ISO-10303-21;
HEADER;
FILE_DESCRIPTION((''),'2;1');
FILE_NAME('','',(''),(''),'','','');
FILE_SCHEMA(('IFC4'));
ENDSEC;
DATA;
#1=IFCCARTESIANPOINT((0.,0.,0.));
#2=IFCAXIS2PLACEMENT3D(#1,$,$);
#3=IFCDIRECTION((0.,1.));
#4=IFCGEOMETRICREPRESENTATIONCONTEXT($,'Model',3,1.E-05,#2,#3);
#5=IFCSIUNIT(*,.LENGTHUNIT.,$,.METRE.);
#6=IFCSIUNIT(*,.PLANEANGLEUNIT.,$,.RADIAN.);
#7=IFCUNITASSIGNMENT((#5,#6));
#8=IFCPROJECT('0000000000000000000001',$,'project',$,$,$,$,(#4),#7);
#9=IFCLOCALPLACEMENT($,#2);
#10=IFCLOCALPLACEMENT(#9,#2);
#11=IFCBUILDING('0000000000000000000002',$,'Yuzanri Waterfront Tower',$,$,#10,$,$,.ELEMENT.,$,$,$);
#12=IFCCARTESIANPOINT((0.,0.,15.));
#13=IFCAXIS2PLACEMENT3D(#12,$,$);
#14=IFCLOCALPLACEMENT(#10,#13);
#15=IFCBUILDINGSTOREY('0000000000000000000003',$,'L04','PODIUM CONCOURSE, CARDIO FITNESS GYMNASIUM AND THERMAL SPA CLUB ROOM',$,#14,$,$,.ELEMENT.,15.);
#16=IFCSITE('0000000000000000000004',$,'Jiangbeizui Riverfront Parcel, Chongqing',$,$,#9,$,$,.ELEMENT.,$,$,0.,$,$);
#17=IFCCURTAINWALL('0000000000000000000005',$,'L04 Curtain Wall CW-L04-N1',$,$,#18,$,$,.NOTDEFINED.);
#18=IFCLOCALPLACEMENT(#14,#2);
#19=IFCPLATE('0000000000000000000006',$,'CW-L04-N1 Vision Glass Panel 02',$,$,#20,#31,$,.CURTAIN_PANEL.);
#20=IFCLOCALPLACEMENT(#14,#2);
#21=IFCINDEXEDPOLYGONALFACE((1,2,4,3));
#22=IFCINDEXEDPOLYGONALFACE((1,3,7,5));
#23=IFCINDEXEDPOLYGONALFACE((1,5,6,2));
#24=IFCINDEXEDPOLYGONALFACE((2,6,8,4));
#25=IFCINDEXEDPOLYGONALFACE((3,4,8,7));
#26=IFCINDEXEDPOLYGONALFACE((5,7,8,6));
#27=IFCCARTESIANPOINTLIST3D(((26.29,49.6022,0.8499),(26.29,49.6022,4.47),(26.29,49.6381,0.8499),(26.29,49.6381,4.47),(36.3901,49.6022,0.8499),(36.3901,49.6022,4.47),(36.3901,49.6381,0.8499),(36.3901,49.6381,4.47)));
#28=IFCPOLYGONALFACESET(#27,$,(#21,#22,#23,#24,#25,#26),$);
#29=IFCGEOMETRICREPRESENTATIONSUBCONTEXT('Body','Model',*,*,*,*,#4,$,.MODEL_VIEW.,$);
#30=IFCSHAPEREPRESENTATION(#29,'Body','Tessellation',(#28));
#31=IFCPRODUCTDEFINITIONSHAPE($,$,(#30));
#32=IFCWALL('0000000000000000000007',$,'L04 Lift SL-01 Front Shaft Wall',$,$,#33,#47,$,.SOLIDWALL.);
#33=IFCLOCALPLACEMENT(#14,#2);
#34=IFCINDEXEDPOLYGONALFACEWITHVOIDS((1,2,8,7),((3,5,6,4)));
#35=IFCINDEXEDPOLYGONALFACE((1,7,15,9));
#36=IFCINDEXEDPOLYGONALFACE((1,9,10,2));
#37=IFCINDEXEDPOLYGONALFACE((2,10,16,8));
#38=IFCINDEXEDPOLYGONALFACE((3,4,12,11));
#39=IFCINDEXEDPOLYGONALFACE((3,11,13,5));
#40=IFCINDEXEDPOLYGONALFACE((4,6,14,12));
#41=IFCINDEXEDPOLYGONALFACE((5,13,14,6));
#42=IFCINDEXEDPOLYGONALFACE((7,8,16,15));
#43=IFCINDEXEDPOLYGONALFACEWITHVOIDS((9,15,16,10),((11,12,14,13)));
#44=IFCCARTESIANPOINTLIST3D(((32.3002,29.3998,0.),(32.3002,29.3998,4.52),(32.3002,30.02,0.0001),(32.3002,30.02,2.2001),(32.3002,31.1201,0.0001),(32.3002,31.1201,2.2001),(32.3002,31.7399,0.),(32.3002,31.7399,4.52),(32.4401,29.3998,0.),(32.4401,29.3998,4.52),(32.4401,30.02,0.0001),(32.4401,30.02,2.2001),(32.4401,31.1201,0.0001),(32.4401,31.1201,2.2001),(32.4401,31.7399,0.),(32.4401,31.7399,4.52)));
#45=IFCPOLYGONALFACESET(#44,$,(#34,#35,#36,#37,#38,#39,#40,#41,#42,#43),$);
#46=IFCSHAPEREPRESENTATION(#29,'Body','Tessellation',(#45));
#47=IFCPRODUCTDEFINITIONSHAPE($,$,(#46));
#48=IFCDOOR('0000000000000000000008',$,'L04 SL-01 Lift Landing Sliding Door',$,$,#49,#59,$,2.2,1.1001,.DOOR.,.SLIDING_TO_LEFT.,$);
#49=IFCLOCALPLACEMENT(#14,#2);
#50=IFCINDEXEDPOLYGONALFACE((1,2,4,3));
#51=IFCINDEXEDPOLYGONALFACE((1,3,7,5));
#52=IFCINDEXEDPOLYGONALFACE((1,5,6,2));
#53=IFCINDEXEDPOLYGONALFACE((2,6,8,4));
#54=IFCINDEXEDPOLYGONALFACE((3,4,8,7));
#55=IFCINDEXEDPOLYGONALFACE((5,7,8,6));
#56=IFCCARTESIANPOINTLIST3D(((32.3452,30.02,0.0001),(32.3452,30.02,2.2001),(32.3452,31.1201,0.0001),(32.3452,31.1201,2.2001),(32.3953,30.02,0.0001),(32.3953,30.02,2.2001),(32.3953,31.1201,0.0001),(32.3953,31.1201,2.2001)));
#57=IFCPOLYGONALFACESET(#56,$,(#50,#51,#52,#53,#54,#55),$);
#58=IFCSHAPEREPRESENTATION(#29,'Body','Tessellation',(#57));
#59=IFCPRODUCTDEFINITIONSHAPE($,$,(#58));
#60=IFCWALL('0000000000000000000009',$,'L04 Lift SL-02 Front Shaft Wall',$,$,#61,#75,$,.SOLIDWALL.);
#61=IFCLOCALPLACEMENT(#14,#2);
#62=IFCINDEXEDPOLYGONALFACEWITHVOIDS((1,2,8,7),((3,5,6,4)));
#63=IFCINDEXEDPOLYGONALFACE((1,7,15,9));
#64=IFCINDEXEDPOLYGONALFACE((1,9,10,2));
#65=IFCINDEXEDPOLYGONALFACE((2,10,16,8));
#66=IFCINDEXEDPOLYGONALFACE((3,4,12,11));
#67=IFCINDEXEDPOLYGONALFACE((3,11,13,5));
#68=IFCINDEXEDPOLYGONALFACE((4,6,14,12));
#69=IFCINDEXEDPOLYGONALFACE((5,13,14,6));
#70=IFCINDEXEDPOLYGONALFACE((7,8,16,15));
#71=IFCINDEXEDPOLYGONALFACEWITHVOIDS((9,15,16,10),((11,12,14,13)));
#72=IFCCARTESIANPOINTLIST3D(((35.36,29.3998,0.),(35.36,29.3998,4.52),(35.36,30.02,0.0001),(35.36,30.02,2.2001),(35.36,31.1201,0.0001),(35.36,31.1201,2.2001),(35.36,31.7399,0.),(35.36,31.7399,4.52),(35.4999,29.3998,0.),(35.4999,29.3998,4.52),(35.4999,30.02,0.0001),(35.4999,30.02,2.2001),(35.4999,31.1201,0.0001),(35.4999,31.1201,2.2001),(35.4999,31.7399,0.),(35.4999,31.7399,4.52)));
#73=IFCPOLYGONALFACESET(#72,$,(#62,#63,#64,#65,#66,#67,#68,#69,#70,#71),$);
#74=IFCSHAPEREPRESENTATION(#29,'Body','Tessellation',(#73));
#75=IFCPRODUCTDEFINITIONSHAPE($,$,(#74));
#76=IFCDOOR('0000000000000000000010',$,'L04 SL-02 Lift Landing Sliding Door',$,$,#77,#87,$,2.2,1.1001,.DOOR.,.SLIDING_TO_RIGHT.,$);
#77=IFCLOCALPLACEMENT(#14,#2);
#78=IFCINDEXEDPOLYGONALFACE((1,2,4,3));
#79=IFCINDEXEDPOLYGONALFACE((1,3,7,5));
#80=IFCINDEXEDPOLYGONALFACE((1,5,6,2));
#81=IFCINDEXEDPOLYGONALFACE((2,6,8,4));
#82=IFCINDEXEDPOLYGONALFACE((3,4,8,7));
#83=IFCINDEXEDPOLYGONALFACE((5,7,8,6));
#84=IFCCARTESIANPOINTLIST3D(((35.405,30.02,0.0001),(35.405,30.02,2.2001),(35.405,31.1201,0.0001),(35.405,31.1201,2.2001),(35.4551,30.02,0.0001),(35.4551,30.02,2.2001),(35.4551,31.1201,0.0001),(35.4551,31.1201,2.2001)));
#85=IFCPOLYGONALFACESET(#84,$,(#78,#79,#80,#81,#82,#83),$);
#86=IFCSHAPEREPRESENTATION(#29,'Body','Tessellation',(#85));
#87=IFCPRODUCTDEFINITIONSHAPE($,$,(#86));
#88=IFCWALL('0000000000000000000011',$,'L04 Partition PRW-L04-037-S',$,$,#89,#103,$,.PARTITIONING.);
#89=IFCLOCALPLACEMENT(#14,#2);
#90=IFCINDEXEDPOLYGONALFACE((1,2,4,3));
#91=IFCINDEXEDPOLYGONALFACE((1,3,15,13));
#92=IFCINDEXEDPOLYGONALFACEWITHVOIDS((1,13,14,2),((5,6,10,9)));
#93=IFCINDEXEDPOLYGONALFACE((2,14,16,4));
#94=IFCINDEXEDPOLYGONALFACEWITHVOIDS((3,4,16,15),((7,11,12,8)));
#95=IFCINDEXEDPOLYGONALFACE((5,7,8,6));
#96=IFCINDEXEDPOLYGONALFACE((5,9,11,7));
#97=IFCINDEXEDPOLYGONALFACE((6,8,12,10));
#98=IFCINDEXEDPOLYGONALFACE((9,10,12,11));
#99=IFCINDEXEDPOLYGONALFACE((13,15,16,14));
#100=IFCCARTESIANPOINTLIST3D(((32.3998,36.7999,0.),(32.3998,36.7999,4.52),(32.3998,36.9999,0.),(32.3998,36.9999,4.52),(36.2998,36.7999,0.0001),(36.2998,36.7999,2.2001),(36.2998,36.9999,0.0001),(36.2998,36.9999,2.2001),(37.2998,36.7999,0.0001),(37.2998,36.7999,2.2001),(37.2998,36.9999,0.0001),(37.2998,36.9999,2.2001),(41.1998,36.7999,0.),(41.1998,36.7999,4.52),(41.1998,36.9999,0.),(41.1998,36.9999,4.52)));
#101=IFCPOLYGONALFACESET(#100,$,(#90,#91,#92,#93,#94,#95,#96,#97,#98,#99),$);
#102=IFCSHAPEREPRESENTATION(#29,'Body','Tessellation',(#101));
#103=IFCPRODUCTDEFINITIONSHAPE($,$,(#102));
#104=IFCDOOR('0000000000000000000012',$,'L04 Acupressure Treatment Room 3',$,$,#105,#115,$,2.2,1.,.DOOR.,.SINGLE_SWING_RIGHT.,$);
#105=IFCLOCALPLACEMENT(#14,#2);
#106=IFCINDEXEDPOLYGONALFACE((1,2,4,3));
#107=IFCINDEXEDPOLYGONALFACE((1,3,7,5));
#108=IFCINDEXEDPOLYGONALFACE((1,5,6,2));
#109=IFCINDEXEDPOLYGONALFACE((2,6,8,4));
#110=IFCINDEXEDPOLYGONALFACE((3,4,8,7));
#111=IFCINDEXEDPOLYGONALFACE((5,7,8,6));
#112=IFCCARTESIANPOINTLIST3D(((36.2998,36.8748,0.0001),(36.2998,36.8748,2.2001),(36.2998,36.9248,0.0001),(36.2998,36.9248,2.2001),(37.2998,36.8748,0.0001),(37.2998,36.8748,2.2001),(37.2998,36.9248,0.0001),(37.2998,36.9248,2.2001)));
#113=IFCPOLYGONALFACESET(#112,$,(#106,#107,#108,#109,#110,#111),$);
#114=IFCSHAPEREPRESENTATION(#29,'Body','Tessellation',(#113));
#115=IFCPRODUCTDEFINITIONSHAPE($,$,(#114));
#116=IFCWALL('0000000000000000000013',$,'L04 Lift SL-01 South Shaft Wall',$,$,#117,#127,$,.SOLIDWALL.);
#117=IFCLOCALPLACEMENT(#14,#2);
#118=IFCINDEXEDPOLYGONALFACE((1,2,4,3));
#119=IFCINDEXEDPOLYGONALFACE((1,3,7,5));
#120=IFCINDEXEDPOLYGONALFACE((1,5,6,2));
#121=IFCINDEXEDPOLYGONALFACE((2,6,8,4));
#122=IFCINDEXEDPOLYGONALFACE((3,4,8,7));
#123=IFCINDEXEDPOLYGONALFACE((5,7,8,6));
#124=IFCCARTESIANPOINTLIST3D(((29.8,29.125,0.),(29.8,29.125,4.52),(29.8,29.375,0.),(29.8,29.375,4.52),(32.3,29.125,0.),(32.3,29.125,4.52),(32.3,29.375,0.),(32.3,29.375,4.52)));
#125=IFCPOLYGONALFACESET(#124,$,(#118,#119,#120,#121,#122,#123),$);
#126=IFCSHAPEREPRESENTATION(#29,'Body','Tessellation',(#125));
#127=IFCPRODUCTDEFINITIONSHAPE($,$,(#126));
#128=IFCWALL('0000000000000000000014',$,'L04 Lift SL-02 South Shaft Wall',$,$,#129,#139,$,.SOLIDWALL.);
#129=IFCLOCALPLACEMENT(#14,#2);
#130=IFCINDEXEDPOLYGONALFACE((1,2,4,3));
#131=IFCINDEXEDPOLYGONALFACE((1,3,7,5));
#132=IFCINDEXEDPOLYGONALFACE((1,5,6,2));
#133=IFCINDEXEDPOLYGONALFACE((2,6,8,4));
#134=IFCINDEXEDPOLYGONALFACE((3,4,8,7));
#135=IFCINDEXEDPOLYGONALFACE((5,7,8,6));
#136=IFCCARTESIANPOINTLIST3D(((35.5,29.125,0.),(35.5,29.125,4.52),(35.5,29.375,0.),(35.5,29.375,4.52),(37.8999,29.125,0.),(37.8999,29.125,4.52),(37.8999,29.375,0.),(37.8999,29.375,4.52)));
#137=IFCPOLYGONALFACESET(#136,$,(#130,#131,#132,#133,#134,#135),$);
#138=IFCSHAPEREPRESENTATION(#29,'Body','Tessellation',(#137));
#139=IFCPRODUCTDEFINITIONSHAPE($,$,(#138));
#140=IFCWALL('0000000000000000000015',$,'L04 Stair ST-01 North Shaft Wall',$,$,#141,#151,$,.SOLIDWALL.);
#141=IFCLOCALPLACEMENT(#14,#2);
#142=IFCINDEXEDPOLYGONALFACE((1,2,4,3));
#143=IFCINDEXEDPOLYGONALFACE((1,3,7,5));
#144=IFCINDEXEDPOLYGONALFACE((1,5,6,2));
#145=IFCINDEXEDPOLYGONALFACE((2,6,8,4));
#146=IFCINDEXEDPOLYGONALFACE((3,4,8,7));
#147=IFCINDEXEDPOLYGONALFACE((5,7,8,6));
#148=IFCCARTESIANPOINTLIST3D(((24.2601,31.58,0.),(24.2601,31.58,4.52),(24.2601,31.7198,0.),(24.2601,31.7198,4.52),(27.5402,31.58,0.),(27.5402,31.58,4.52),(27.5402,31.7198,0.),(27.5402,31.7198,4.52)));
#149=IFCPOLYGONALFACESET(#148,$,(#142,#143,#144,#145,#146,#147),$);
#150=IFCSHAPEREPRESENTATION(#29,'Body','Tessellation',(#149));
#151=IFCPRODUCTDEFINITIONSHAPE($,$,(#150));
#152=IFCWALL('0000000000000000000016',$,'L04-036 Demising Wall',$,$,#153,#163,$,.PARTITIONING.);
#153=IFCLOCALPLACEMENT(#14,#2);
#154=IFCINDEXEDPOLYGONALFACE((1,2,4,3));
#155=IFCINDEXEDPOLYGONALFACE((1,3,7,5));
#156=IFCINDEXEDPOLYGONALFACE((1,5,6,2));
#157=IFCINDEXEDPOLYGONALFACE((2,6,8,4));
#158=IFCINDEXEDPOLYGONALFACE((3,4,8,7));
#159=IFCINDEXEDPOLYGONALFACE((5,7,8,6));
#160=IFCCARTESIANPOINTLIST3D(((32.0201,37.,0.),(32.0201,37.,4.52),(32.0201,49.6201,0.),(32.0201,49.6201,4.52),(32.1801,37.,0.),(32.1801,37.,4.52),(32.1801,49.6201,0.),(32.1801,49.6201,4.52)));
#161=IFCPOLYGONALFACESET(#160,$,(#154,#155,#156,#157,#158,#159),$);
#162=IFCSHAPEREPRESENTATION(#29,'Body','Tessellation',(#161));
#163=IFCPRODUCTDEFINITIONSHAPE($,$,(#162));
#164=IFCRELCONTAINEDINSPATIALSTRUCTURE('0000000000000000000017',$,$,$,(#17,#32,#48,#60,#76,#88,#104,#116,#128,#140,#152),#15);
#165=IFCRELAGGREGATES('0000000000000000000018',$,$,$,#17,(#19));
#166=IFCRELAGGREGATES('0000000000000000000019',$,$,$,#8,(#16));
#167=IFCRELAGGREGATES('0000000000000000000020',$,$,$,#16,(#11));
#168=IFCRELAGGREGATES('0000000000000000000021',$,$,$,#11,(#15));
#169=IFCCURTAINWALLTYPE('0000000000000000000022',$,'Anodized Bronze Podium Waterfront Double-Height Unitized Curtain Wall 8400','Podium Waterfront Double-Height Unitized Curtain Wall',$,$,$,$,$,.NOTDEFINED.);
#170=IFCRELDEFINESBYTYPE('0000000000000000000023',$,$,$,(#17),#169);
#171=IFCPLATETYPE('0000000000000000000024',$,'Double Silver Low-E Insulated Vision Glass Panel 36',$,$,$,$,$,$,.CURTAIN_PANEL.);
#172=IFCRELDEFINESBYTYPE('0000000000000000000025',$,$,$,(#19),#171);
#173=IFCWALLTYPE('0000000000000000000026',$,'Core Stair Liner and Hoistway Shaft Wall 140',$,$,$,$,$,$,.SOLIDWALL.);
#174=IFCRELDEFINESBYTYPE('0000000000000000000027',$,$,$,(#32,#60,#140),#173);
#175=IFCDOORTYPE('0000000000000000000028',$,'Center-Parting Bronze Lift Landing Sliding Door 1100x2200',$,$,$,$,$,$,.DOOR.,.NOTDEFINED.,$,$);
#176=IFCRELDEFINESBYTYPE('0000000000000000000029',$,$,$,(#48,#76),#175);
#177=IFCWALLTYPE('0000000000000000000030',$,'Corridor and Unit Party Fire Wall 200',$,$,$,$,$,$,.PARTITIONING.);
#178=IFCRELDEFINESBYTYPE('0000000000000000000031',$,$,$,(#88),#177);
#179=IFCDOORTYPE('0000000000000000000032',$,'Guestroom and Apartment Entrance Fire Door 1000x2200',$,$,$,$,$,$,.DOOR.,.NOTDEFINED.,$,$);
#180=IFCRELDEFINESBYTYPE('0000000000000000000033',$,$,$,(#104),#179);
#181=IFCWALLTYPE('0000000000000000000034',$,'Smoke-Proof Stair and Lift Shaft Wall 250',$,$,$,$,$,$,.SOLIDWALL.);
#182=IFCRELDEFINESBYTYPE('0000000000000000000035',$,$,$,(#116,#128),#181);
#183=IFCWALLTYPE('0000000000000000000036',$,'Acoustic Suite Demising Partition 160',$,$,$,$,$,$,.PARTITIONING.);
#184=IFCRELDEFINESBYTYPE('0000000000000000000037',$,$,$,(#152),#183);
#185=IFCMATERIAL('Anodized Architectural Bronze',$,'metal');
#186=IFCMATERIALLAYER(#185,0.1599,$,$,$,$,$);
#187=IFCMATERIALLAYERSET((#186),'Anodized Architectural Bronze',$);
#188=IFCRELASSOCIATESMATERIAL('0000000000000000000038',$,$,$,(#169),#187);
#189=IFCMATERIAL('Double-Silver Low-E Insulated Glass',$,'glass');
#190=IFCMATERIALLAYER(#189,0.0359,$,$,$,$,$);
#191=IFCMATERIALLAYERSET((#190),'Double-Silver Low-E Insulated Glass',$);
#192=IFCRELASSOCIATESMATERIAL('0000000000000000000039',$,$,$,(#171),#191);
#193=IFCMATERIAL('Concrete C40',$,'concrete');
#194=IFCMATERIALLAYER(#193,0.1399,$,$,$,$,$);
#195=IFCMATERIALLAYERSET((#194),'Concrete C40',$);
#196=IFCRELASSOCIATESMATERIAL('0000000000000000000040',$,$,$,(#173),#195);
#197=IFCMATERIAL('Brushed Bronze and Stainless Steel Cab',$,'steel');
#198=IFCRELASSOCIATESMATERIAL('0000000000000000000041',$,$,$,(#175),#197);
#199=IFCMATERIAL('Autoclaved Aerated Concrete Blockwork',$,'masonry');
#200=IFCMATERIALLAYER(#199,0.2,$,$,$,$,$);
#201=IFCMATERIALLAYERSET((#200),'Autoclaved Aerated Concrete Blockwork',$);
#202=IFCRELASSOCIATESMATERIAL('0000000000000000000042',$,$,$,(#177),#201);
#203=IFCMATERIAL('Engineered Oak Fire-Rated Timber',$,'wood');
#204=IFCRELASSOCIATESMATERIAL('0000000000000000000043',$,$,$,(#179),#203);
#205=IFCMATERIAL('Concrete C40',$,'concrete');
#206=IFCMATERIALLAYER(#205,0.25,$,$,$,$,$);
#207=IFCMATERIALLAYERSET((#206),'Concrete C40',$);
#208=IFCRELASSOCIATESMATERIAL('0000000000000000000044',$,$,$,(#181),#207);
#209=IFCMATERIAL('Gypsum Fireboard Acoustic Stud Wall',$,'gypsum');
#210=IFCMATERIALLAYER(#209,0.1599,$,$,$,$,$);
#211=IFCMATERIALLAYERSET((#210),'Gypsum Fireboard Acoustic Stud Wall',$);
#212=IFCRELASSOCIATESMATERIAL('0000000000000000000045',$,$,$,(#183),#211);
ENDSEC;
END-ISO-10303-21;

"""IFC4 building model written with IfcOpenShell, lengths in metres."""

from ifc_helpers import new_model, si_unit, direction, frame, frame_2d, origin, origin_2d, place, context, subcontext, project, spatial, rectangle, extrude, source, transform, mapped, material, layer, layer_set, type_object, element, fill, aggregate, save


model = new_model("IFC4")

# Units and contexts
model_context = context("Model", 3, precision=1e-05, world=origin(), true_north=direction((0.0, 1.0)))
body_context = subcontext(model_context, "Body", "Model", "MODEL_VIEW")
ifc_project = project(units=[si_unit("LENGTHUNIT", "METRE"), si_unit("PLANEANGLEUNIT", "RADIAN")], contexts=[model_context])

# Site, building, storey
site_placement = place(None, origin())
site = spatial("IfcSite", under=ifc_project, at=site_placement, Name="Jiangbeizui Riverfront Parcel, Chongqing", CompositionType="ELEMENT", RefElevation=0.0)
building_placement = place(site_placement, origin())
building = spatial("IfcBuilding", under=site, at=building_placement, Name="Yuzanri Waterfront Tower", CompositionType="ELEMENT")
storey_placement = place(building_placement, frame((0.0, 0.0, 15.0)))
storey = spatial("IfcBuildingStorey", under=building, at=storey_placement, Name="L04", Description="PODIUM CONCOURSE, CARDIO FITNESS GYMNASIUM AND THERMAL SPA CLUB ROOM", CompositionType="ELEMENT", Elevation=15.0)

# Curtain wall
ifc_material_1 = material(Name="Anodized Architectural Bronze", Category="metal")
ifc_layer_1 = layer(ifc_material_1, 0.1599)
ifc_layer_set_1 = layer_set([ifc_layer_1], Name="Anodized Architectural Bronze")
curtain_wall_type = type_object("IfcCurtainWallType", Name="Anodized Bronze Podium Waterfront Double-Height Unitized Curtain Wall 8400", Description="Podium Waterfront Double-Height Unitized Curtain Wall", PredefinedType="NOTDEFINED", material=ifc_layer_set_1)
curtain_wall_placement = place(storey_placement, origin())
curtain_wall = element("IfcCurtainWall", 1, at=curtain_wall_placement, inside=storey, type_object=curtain_wall_type, Name="L04 Curtain Wall CW-L04-N1", PredefinedType="NOTDEFINED")

# Plate
ifc_material_2 = material(Name="Double-Silver Low-E Insulated Glass", Category="glass")
ifc_layer_2 = layer(ifc_material_2, 0.0359)
ifc_layer_set_2 = layer_set([ifc_layer_2], Name="Double-Silver Low-E Insulated Glass")
plate_type_1 = type_object("IfcPlateType", Name="Double Silver Low-E Insulated Vision Glass Panel 36", PredefinedType="CURTAIN_PANEL", material=ifc_layer_set_2)
shared_shape_1 = source(origin(), body_context, "Body", "SweptSolid", [
    extrude(rectangle(XDim=10.1001, YDim=0.0359, at=origin_2d()), origin(), (0.0, 0.0, 1.0), 3.6201),
])
plate_1_placement = place(storey_placement, frame((31.3401, 49.6201, 0.8499), z_axis=(0.0, 0.0, 1.0), x_axis=(1.0, 0.0, 0.0)))
plate_1 = element("IfcPlate", 2, at=plate_1_placement, type_object=plate_type_1, Name="CW-L04-N1 Vision Glass Panel 02", PredefinedType="CURTAIN_PANEL", context=body_context, shape_type="MappedRepresentation", body=[
    mapped(shared_shape_1, transform((0.0, 0.0, 0.0), scale=1.0)),
])
aggregate(curtain_wall, [plate_1])

# Walls, openings, doors
ifc_material_3 = material(Name="Concrete C40", Category="concrete")
ifc_layer_3 = layer(ifc_material_3, 0.1399)
ifc_layer_set_3 = layer_set([ifc_layer_3], Name="Concrete C40")
wall_type_1 = type_object("IfcWallType", Name="Core Stair Liner and Hoistway Shaft Wall 140", PredefinedType="SOLIDWALL", material=ifc_layer_set_3)
wall_1_placement = place(storey_placement, frame((32.3701, 29.3999, 0.0), z_axis=(0.0, 0.0, 1.0), x_axis=(0.0, 1.0, 0.0)))
wall_1 = element("IfcWall", 3, at=wall_1_placement, inside=storey, type_object=wall_type_1, Name="L04 Lift SL-01 Front Shaft Wall", PredefinedType="SOLIDWALL", context=body_context, shape_type="SweptSolid", body=[
    extrude(rectangle(XDim=2.3401, YDim=0.1399, at=frame_2d((1.1699, 0.0))), origin(), (0.0, 0.0, 1.0), 4.52),
])
opening_1_placement = place(wall_1_placement, frame((0.6201, 0.0, 0.0)))
opening_1 = element("IfcOpeningElement", 4, at=opening_1_placement, cuts=wall_1, PredefinedType="OPENING", context=body_context, shape_type="SweptSolid", body=[
    extrude(rectangle(XDim=1.1001, YDim=2.2, at=frame_2d((0.55, 1.1001))), frame((0.0, 0.085, 0.0), z_axis=(0.0, -1.0, 0.0), x_axis=(1.0, 0.0, 0.0)), (0.0, 0.0, 1.0), 0.1697),
])
ifc_material_4 = material(Name="Brushed Bronze and Stainless Steel Cab", Category="steel")
door_type_1 = type_object("IfcDoorType", Name="Center-Parting Bronze Lift Landing Sliding Door 1100x2200", OperationType="NOTDEFINED", PredefinedType="DOOR", material=ifc_material_4)
shared_shape_2 = source(origin(), body_context, "Body", "SweptSolid", [
    extrude(rectangle(XDim=1.1001, YDim=2.2, at=frame_2d((0.55, 1.1001))), frame((0.0, 0.0249, 0.0), z_axis=(0.0, -1.0, 0.0), x_axis=(1.0, 0.0, 0.0)), (0.0, 0.0, 1.0), 0.05),
])
door_1_placement = place(opening_1_placement, origin())
door_1 = element("IfcDoor", 5, at=door_1_placement, inside=storey, type_object=door_type_1, Name="L04 SL-01 Lift Landing Sliding Door", OperationType="SLIDING_TO_LEFT", OverallHeight=2.2, OverallWidth=1.1001, PredefinedType="DOOR", context=body_context, shape_type="MappedRepresentation", body=[
    mapped(shared_shape_2, transform((0.0, 0.0, 0.0), scale=1.0)),
])
fill(opening_1, door_1)
wall_2_placement = place(storey_placement, frame((35.4299, 29.3999, 0.0), z_axis=(0.0, 0.0, 1.0), x_axis=(0.0, 1.0, 0.0)))
wall_2 = element("IfcWall", 6, at=wall_2_placement, inside=storey, type_object=wall_type_1, Name="L04 Lift SL-02 Front Shaft Wall", PredefinedType="SOLIDWALL", context=body_context, shape_type="SweptSolid", body=[
    extrude(rectangle(XDim=2.3401, YDim=0.1399, at=frame_2d((1.1699, 0.0))), origin(), (0.0, 0.0, 1.0), 4.52),
])
opening_2_placement = place(wall_2_placement, frame((0.6201, 0.0, 0.0)))
opening_2 = element("IfcOpeningElement", 7, at=opening_2_placement, cuts=wall_2, PredefinedType="OPENING", context=body_context, shape_type="SweptSolid", body=[
    extrude(rectangle(XDim=1.1001, YDim=2.2, at=frame_2d((0.55, 1.1001))), frame((0.0, 0.085, 0.0), z_axis=(0.0, -1.0, 0.0), x_axis=(1.0, 0.0, 0.0)), (0.0, 0.0, 1.0), 0.1697),
])
door_2_placement = place(opening_2_placement, origin())
door_2 = element("IfcDoor", 8, at=door_2_placement, inside=storey, type_object=door_type_1, Name="L04 SL-02 Lift Landing Sliding Door", OperationType="SLIDING_TO_RIGHT", OverallHeight=2.2, OverallWidth=1.1001, PredefinedType="DOOR", context=body_context, shape_type="MappedRepresentation", body=[
    mapped(shared_shape_2, transform((0.0, 0.0, 0.0), scale=1.0)),
])
fill(opening_2, door_2)
ifc_material_5 = material(Name="Autoclaved Aerated Concrete Blockwork", Category="masonry")
ifc_layer_4 = layer(ifc_material_5, 0.2)
ifc_layer_set_4 = layer_set([ifc_layer_4], Name="Autoclaved Aerated Concrete Blockwork")
wall_type_2 = type_object("IfcWallType", Name="Corridor and Unit Party Fire Wall 200", PredefinedType="PARTITIONING", material=ifc_layer_set_4)
wall_3_placement = place(storey_placement, frame((32.3999, 36.8999, 0.0), z_axis=(0.0, 0.0, 1.0), x_axis=(1.0, 0.0, 0.0)))
wall_3 = element("IfcWall", 9, at=wall_3_placement, inside=storey, type_object=wall_type_2, Name="L04 Partition PRW-L04-037-S", PredefinedType="PARTITIONING", context=body_context, shape_type="SweptSolid", body=[
    extrude(rectangle(XDim=8.8, YDim=0.2, at=frame_2d((4.3999, 0.0))), origin(), (0.0, 0.0, 1.0), 4.52),
])
opening_3_placement = place(wall_3_placement, frame((3.8999, 0.0, 0.0)))
opening_3 = element("IfcOpeningElement", 10, at=opening_3_placement, cuts=wall_3, PredefinedType="OPENING", context=body_context, shape_type="SweptSolid", body=[
    extrude(rectangle(XDim=1.0, YDim=2.2, at=frame_2d((0.5, 1.1001))), frame((0.0, 0.1147, 0.0), z_axis=(0.0, -1.0, 0.0), x_axis=(1.0, 0.0, 0.0)), (0.0, 0.0, 1.0), 0.2297),
])
ifc_material_6 = material(Name="Engineered Oak Fire-Rated Timber", Category="wood")
door_type_2 = type_object("IfcDoorType", Name="Guestroom and Apartment Entrance Fire Door 1000x2200", OperationType="NOTDEFINED", PredefinedType="DOOR", material=ifc_material_6)
shared_shape_3 = source(origin(), body_context, "Body", "SweptSolid", [
    extrude(rectangle(XDim=1.0, YDim=2.2, at=frame_2d((0.5, 1.1001))), frame((0.0, 0.0249, 0.0), z_axis=(0.0, -1.0, 0.0), x_axis=(1.0, 0.0, 0.0)), (0.0, 0.0, 1.0), 0.05),
])
door_3_placement = place(opening_3_placement, origin())
door_3 = element("IfcDoor", 11, at=door_3_placement, inside=storey, type_object=door_type_2, Name="L04 Acupressure Treatment Room 3", OperationType="SINGLE_SWING_RIGHT", OverallHeight=2.2, OverallWidth=1.0, PredefinedType="DOOR", context=body_context, shape_type="MappedRepresentation", body=[
    mapped(shared_shape_3, transform((0.0, 0.0, 0.0), scale=1.0)),
])
fill(opening_3, door_3)

# Walls
ifc_material_7 = material(Name="Concrete C40", Category="concrete")
ifc_layer_5 = layer(ifc_material_7, 0.25)
ifc_layer_set_5 = layer_set([ifc_layer_5], Name="Concrete C40")
wall_type_3 = type_object("IfcWallType", Name="Smoke-Proof Stair and Lift Shaft Wall 250", PredefinedType="SOLIDWALL", material=ifc_layer_set_5)
shared_shape_4 = source(origin(), body_context, "Body", "SweptSolid", [
    extrude(rectangle(XDim=2.5, YDim=0.25, at=frame_2d((1.25, 0.0))), origin(), (0.0, 0.0, 1.0), 4.52),
])
wall_4_placement = place(storey_placement, frame((29.8, 29.25, 0.0), z_axis=(0.0, 0.0, 1.0), x_axis=(1.0, 0.0, 0.0)))
element("IfcWall", 12, at=wall_4_placement, inside=storey, type_object=wall_type_3, Name="L04 Lift SL-01 South Shaft Wall", PredefinedType="SOLIDWALL", context=body_context, shape_type="MappedRepresentation", body=[
    mapped(shared_shape_4, transform((0.0, 0.0, 0.0), scale=1.0)),
])
shared_shape_5 = source(origin(), body_context, "Body", "SweptSolid", [
    extrude(rectangle(XDim=2.3999, YDim=0.25, at=frame_2d((1.2, 0.0))), origin(), (0.0, 0.0, 1.0), 4.52),
])
wall_5_placement = place(storey_placement, frame((35.5, 29.25, 0.0), z_axis=(0.0, 0.0, 1.0), x_axis=(1.0, 0.0, 0.0)))
element("IfcWall", 13, at=wall_5_placement, inside=storey, type_object=wall_type_3, Name="L04 Lift SL-02 South Shaft Wall", PredefinedType="SOLIDWALL", context=body_context, shape_type="MappedRepresentation", body=[
    mapped(shared_shape_5, transform((0.0, 0.0, 0.0), scale=1.0)),
])
shared_shape_6 = source(origin(), body_context, "Body", "SweptSolid", [
    extrude(rectangle(XDim=3.28, YDim=0.1399, at=frame_2d((1.6401, 0.0))), origin(), (0.0, 0.0, 1.0), 4.52),
])
wall_6_placement = place(storey_placement, frame((24.26, 31.6499, 0.0), z_axis=(0.0, 0.0, 1.0), x_axis=(1.0, 0.0, 0.0)))
element("IfcWall", 14, at=wall_6_placement, inside=storey, type_object=wall_type_1, Name="L04 Stair ST-01 North Shaft Wall", PredefinedType="SOLIDWALL", context=body_context, shape_type="MappedRepresentation", body=[
    mapped(shared_shape_6, transform((0.0, 0.0, 0.0), scale=1.0)),
])
ifc_material_8 = material(Name="Gypsum Fireboard Acoustic Stud Wall", Category="gypsum")
ifc_layer_6 = layer(ifc_material_8, 0.1599)
ifc_layer_set_6 = layer_set([ifc_layer_6], Name="Gypsum Fireboard Acoustic Stud Wall")
wall_type_4 = type_object("IfcWallType", Name="Acoustic Suite Demising Partition 160", PredefinedType="PARTITIONING", material=ifc_layer_set_6)
shared_shape_7 = source(origin(), body_context, "Body", "SweptSolid", [
    extrude(rectangle(XDim=12.6201, YDim=0.1599, at=frame_2d((6.3101, 0.0))), origin(), (0.0, 0.0, 1.0), 4.52),
])
wall_7_placement = place(storey_placement, frame((32.1001, 37.0, 0.0), z_axis=(0.0, 0.0, 1.0), x_axis=(0.0, 1.0, 0.0)))
element("IfcWall", 15, at=wall_7_placement, inside=storey, type_object=wall_type_4, Name="L04-036 Demising Wall", PredefinedType="PARTITIONING", context=body_context, shape_type="MappedRepresentation", body=[
    mapped(shared_shape_7, transform((0.0, 0.0, 0.0), scale=1.0)),
])

save(model, "model.ifc")
